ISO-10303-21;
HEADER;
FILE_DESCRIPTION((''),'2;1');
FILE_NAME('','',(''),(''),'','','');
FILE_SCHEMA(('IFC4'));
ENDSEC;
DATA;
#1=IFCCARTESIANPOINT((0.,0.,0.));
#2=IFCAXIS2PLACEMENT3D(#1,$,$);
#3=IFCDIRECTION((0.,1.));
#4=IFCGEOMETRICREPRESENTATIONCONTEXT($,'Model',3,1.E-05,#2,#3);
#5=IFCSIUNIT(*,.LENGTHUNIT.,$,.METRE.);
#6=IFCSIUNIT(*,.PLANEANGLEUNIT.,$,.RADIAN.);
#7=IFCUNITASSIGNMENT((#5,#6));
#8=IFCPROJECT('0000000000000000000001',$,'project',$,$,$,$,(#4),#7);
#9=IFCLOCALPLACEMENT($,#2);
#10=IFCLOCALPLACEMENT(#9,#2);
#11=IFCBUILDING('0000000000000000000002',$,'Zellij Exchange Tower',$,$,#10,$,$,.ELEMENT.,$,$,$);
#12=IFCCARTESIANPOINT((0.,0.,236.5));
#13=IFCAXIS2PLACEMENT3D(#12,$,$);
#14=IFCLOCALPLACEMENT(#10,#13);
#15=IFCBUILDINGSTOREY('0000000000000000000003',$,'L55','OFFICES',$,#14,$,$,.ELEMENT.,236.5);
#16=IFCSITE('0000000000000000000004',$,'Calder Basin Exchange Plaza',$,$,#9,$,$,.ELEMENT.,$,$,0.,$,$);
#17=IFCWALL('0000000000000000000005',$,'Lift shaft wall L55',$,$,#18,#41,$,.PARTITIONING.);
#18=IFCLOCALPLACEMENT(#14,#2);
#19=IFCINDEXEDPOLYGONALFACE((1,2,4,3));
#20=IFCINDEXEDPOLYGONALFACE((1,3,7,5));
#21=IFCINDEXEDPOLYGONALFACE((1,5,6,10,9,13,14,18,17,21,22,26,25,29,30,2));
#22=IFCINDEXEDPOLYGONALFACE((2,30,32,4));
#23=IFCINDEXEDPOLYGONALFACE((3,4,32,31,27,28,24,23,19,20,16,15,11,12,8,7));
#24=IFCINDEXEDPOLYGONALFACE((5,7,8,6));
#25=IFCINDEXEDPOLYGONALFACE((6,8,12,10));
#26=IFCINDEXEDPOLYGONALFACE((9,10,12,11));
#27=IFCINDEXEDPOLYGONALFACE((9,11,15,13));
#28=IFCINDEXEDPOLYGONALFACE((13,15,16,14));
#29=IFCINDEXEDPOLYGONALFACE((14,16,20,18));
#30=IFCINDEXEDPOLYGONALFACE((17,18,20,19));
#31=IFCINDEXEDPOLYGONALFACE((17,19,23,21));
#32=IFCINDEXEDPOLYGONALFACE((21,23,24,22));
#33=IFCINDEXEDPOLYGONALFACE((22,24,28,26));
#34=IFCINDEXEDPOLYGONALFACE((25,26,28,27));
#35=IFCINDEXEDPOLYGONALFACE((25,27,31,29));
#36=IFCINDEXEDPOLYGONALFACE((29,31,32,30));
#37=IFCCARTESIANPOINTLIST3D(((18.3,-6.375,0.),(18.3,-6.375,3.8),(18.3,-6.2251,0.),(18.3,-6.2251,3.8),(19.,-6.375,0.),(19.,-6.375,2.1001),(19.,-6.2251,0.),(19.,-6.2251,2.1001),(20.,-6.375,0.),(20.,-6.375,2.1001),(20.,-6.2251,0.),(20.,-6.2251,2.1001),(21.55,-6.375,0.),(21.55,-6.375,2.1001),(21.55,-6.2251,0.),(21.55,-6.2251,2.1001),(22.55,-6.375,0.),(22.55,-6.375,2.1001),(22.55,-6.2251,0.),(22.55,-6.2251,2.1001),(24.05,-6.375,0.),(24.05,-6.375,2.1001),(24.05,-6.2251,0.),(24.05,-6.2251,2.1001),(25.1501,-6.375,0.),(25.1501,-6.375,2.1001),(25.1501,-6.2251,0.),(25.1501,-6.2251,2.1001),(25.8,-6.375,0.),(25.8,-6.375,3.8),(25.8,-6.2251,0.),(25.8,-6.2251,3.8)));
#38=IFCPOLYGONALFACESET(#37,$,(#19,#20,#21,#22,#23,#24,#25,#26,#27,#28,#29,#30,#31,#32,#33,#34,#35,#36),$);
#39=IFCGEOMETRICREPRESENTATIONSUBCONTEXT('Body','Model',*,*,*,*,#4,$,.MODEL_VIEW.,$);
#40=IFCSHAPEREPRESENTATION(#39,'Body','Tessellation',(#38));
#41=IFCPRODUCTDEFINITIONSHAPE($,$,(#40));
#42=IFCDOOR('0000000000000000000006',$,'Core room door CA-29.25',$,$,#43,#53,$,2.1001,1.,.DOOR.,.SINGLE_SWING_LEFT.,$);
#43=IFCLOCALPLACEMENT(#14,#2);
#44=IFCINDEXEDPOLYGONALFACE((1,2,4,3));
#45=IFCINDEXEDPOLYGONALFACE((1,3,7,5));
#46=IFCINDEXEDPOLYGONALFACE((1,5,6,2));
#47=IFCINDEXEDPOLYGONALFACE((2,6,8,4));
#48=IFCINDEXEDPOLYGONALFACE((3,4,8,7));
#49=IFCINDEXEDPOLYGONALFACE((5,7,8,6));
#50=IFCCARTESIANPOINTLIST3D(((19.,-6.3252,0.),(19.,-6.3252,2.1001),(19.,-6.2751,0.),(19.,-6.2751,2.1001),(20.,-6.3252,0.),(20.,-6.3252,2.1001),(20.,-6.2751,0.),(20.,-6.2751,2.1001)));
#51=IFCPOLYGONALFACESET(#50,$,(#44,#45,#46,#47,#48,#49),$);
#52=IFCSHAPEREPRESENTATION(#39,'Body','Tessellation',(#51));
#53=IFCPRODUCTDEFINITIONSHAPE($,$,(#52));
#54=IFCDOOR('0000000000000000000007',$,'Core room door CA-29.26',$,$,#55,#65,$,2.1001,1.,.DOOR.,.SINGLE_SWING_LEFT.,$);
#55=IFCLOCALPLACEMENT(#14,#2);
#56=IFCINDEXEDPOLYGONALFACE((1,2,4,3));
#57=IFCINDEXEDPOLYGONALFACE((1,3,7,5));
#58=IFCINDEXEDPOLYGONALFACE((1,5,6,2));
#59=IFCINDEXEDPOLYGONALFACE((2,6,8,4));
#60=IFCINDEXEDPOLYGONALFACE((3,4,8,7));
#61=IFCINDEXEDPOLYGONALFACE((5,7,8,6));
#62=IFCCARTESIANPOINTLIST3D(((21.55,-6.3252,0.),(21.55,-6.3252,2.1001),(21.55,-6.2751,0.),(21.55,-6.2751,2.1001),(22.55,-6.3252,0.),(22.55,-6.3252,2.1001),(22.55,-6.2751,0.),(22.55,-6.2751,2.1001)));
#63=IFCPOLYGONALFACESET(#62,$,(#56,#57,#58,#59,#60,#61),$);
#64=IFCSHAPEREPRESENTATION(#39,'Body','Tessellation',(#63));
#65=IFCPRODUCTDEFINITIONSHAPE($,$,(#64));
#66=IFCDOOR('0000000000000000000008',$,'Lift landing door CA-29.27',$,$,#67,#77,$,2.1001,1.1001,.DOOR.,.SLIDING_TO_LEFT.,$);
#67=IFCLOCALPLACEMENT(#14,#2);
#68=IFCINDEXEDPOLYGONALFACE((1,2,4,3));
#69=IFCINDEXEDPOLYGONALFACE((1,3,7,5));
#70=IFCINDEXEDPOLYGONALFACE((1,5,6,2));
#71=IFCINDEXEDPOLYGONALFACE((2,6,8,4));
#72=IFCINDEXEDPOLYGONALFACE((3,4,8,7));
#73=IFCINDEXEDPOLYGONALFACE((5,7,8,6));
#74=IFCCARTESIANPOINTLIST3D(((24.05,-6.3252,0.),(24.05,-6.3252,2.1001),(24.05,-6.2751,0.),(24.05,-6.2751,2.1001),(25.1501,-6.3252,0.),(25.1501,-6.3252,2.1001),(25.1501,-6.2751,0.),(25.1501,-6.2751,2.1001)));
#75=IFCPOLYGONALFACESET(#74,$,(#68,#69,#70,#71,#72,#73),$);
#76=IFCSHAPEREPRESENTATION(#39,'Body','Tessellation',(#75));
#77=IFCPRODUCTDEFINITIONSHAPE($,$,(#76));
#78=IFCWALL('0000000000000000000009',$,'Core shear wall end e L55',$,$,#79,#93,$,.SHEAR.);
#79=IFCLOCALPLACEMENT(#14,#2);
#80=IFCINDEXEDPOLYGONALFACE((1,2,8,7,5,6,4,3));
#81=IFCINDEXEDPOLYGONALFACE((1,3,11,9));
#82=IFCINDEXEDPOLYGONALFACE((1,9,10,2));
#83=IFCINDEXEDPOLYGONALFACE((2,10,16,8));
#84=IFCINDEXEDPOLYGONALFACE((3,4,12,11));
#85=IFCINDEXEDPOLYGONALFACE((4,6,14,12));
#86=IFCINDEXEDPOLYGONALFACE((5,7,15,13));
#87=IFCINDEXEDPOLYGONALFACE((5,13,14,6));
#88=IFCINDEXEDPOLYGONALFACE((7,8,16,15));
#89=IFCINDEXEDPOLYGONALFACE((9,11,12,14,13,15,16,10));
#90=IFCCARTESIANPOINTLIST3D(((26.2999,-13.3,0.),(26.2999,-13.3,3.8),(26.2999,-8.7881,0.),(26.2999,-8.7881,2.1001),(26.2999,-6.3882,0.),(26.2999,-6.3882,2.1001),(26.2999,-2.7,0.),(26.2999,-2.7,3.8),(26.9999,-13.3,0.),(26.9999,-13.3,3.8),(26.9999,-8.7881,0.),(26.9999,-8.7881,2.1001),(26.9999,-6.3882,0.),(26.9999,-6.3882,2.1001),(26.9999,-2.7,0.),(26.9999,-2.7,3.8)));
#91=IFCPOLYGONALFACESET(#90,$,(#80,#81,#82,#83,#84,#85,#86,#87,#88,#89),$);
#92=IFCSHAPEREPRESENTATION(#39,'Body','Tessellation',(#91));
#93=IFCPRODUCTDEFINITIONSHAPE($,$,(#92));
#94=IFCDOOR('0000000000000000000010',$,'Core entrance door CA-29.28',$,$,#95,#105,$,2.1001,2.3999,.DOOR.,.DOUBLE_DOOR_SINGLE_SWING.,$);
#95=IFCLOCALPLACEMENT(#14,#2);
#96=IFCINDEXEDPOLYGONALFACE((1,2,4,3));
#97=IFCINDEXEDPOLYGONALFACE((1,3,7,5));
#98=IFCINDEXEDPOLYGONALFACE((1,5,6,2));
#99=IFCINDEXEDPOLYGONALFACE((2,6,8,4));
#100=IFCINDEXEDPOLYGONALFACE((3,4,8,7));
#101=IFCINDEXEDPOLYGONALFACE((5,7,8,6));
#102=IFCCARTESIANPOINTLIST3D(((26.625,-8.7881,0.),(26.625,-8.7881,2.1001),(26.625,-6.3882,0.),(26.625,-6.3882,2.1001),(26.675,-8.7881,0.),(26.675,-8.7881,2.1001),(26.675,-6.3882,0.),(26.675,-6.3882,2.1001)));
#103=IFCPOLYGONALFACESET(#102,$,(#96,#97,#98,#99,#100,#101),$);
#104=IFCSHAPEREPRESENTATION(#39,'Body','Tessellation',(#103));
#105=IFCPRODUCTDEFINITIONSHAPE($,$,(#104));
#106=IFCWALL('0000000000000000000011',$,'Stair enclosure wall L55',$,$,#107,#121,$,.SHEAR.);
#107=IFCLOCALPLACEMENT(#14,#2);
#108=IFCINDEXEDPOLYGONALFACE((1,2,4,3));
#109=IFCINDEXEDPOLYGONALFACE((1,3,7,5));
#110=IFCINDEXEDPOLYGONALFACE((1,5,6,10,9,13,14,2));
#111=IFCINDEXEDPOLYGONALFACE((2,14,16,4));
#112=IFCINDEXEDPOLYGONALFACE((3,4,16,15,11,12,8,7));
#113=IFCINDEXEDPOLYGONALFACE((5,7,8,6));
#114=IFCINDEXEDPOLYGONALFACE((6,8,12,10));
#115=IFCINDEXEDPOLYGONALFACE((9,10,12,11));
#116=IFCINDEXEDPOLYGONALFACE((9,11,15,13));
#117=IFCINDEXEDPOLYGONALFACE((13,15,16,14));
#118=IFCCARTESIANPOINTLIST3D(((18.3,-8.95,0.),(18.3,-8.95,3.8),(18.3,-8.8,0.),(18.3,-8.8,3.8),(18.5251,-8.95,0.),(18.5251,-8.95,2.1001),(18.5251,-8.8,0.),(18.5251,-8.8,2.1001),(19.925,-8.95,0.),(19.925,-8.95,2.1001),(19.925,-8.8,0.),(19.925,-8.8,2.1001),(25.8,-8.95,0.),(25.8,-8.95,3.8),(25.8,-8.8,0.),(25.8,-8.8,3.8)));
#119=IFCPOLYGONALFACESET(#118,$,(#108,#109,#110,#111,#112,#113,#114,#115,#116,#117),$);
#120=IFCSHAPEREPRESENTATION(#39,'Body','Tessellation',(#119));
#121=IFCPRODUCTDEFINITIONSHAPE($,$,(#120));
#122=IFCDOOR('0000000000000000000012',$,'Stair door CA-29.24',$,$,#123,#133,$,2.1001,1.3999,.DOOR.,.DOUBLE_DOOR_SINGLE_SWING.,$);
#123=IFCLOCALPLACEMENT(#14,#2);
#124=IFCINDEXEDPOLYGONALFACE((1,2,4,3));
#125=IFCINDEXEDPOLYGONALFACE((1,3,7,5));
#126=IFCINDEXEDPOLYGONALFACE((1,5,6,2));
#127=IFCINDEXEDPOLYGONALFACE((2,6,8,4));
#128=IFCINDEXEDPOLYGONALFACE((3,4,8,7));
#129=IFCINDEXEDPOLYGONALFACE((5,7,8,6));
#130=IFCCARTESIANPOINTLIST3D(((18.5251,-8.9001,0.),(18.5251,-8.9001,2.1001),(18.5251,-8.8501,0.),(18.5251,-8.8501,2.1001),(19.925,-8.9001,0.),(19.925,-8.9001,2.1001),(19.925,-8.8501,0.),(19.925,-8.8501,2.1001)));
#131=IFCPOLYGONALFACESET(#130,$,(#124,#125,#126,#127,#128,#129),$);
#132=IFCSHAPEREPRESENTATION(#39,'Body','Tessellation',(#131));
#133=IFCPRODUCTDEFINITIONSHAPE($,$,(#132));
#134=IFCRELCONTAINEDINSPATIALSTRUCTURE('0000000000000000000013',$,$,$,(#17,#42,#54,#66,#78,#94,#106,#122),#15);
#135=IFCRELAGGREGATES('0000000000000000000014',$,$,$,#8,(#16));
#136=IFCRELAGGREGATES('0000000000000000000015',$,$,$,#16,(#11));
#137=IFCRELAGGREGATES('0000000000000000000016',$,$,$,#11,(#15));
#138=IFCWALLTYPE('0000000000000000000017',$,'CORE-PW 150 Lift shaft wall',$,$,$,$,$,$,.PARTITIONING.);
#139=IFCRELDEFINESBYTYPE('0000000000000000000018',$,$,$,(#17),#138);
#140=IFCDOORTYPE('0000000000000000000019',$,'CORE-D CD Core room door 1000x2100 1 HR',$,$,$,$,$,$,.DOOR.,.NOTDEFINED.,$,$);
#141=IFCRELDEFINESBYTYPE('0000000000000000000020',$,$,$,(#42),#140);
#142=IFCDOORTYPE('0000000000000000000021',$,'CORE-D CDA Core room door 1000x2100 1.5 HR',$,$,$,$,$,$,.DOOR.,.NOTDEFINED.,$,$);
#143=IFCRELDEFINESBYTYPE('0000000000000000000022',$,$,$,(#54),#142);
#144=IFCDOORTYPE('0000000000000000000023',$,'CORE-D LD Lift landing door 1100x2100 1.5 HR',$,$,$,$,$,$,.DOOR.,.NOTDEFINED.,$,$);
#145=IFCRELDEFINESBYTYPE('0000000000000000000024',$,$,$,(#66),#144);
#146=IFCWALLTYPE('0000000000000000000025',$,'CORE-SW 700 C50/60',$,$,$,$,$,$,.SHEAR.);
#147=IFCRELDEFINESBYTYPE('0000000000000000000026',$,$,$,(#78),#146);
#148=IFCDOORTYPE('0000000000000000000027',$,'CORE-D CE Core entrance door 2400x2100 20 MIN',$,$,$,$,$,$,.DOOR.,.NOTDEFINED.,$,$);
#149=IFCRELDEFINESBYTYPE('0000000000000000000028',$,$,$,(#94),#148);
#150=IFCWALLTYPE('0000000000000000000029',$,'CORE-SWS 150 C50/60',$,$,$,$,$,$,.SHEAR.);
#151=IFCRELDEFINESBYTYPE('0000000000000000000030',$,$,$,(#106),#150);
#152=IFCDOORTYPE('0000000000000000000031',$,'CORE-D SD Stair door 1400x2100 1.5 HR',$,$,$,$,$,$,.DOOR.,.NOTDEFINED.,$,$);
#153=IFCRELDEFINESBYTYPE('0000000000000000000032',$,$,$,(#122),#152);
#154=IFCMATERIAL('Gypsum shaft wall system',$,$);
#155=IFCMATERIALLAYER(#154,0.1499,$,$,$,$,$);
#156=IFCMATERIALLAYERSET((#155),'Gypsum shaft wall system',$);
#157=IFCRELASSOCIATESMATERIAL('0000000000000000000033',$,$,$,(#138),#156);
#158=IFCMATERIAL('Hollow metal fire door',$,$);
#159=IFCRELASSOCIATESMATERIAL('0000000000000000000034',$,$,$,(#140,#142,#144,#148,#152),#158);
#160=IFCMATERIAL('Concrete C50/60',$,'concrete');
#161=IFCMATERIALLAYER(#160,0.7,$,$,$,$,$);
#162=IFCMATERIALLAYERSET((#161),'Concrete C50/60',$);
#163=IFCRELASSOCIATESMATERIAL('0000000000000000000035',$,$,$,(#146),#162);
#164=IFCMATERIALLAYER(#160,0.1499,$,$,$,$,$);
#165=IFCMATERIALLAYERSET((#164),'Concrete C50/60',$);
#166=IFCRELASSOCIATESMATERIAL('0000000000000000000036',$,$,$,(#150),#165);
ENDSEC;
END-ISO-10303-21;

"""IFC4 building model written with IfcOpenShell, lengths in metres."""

from ifc_helpers import new_model, si_unit, direction, frame, frame_2d, origin, place, context, subcontext, project, spatial, rectangle, extrude, material, layer, layer_set, type_object, element, fill, save


model = new_model("IFC4")

# Units and contexts
model_context = context("Model", 3, precision=1e-05, world=origin(), true_north=direction((0.0, 1.0)))
body_context = subcontext(model_context, "Body", "Model", "MODEL_VIEW")
ifc_project = project(units=[si_unit("LENGTHUNIT", "METRE"), si_unit("PLANEANGLEUNIT", "RADIAN")], contexts=[model_context])

# Site, building, storey
site_placement = place(None, origin())
site = spatial("IfcSite", under=ifc_project, at=site_placement, Name="Calder Basin Exchange Plaza", CompositionType="ELEMENT", RefElevation=0.0)
building_placement = place(site_placement, origin())
building = spatial("IfcBuilding", under=site, at=building_placement, Name="Zellij Exchange Tower", CompositionType="ELEMENT")
storey_placement = place(building_placement, frame((0.0, 0.0, 236.5)))
storey = spatial("IfcBuildingStorey", under=building, at=storey_placement, Name="L55", Description="OFFICES", CompositionType="ELEMENT", Elevation=236.5)

# Shared definitions
ifc_material_1 = material(Name="Concrete C50/60", Category="concrete")
ifc_material_2 = material(Name="Gypsum shaft wall system")
ifc_layer_1 = layer(ifc_material_2, 0.1499)
ifc_layer_set_1 = layer_set([ifc_layer_1], Name="Gypsum shaft wall system")
wall_type_1 = type_object("IfcWallType", Name="CORE-PW 150 Lift shaft wall", PredefinedType="PARTITIONING", material=ifc_layer_set_1)

# Wall, openings, doors
wall_1_placement = place(storey_placement, frame((18.3, -6.3, 0.0), z_axis=(0.0, 0.0, 1.0), x_axis=(1.0, 0.0, 0.0)))
wall_1 = element("IfcWall", 1, at=wall_1_placement, inside=storey, type_object=wall_type_1, Name="Lift shaft wall L55", PredefinedType="PARTITIONING", context=body_context, shape_type="SweptSolid", body=[
    extrude(rectangle(XDim=7.5, YDim=0.1499, at=frame_2d((3.75, 0.0))), origin(), (0.0, 0.0, 1.0), 3.8),
])
opening_1_placement = place(wall_1_placement, frame((0.7, 0.0, 0.0)))
opening_1 = element("IfcOpeningElement", 2, at=opening_1_placement, cuts=wall_1, PredefinedType="OPENING", context=body_context, shape_type="SweptSolid", body=[
    extrude(rectangle(XDim=1.0, YDim=2.1001, at=frame_2d((0.5, 1.05))), frame((0.0, 0.0869, 0.0), z_axis=(0.0, -1.0, 0.0), x_axis=(1.0, 0.0, 0.0)), (0.0, 0.0, 1.0), 0.1738),
])
opening_2_placement = place(wall_1_placement, frame((3.25, 0.0, 0.0)))
opening_2 = element("IfcOpeningElement", 3, at=opening_2_placement, cuts=wall_1, PredefinedType="OPENING", context=body_context, shape_type="SweptSolid", body=[
    extrude(rectangle(XDim=1.0, YDim=2.1001, at=frame_2d((0.5, 1.05))), frame((0.0, 0.0869, 0.0), z_axis=(0.0, -1.0, 0.0), x_axis=(1.0, 0.0, 0.0)), (0.0, 0.0, 1.0), 0.1738),
])
opening_3_placement = place(wall_1_placement, frame((5.75, 0.0, 0.0)))
opening_3 = element("IfcOpeningElement", 4, at=opening_3_placement, cuts=wall_1, PredefinedType="OPENING", context=body_context, shape_type="SweptSolid", body=[
    extrude(rectangle(XDim=1.1001, YDim=2.1001, at=frame_2d((0.55, 1.05))), frame((0.0, 0.0869, 0.0), z_axis=(0.0, -1.0, 0.0), x_axis=(1.0, 0.0, 0.0)), (0.0, 0.0, 1.0), 0.1738),
])
ifc_material_3 = material(Name="Hollow metal fire door")
door_type_1 = type_object("IfcDoorType", Name="CORE-D CD Core room door 1000x2100 1 HR", OperationType="NOTDEFINED", PredefinedType="DOOR", material=ifc_material_3)
door_1_placement = place(opening_1_placement, origin())
door_1 = element("IfcDoor", 5, at=door_1_placement, inside=storey, type_object=door_type_1, Name="Core room door CA-29.25", OperationType="SINGLE_SWING_LEFT", OverallHeight=2.1001, OverallWidth=1.0, PredefinedType="DOOR", context=body_context, shape_type="SweptSolid", body=[
    extrude(rectangle(XDim=1.0, YDim=2.1001, at=frame_2d((0.5, 1.05))), frame((0.0, 0.0249, 0.0), z_axis=(0.0, -1.0, 0.0), x_axis=(1.0, 0.0, 0.0)), (0.0, 0.0, 1.0), 0.05),
])
fill(opening_1, door_1)
door_type_2 = type_object("IfcDoorType", Name="CORE-D CDA Core room door 1000x2100 1.5 HR", OperationType="NOTDEFINED", PredefinedType="DOOR", material=ifc_material_3)
door_2_placement = place(opening_2_placement, origin())
door_2 = element("IfcDoor", 6, at=door_2_placement, inside=storey, type_object=door_type_2, Name="Core room door CA-29.26", OperationType="SINGLE_SWING_LEFT", OverallHeight=2.1001, OverallWidth=1.0, PredefinedType="DOOR", context=body_context, shape_type="SweptSolid", body=[
    extrude(rectangle(XDim=1.0, YDim=2.1001, at=frame_2d((0.5, 1.05))), frame((0.0, 0.0249, 0.0), z_axis=(0.0, -1.0, 0.0), x_axis=(1.0, 0.0, 0.0)), (0.0, 0.0, 1.0), 0.05),
])
fill(opening_2, door_2)
door_type_3 = type_object("IfcDoorType", Name="CORE-D LD Lift landing door 1100x2100 1.5 HR", OperationType="NOTDEFINED", PredefinedType="DOOR", material=ifc_material_3)
door_3_placement = place(opening_3_placement, origin())
door_3 = element("IfcDoor", 7, at=door_3_placement, inside=storey, type_object=door_type_3, Name="Lift landing door CA-29.27", OperationType="SLIDING_TO_LEFT", OverallHeight=2.1001, OverallWidth=1.1001, PredefinedType="DOOR", context=body_context, shape_type="SweptSolid", body=[
    extrude(rectangle(XDim=1.1001, YDim=2.1001, at=frame_2d((0.55, 1.05))), frame((0.0, 0.0249, 0.0), z_axis=(0.0, -1.0, 0.0), x_axis=(1.0, 0.0, 0.0)), (0.0, 0.0, 1.0), 0.05),
])
fill(opening_3, door_3)

# Walls, openings, doors
ifc_layer_2 = layer(ifc_material_1, 0.7)
ifc_layer_set_2 = layer_set([ifc_layer_2], Name="Concrete C50/60")
wall_type_2 = type_object("IfcWallType", Name="CORE-SW 700 C50/60", PredefinedType="SHEAR", material=ifc_layer_set_2)
wall_2_placement = place(storey_placement, frame((26.6499, -13.3, 0.0), z_axis=(0.0, 0.0, 1.0), x_axis=(0.0, 1.0, 0.0)))
wall_2 = element("IfcWall", 8, at=wall_2_placement, inside=storey, type_object=wall_type_2, Name="Core shear wall end e L55", PredefinedType="SHEAR", context=body_context, shape_type="SweptSolid", body=[
    extrude(rectangle(XDim=10.6001, YDim=0.7, at=frame_2d((5.3, 0.0))), origin(), (0.0, 0.0, 1.0), 3.8),
])
opening_4_placement = place(wall_2_placement, frame((4.512, 0.0, 0.0)))
opening_4 = element("IfcOpeningElement", 9, at=opening_4_placement, cuts=wall_2, PredefinedType="OPENING", context=body_context, shape_type="SweptSolid", body=[
    extrude(rectangle(XDim=2.3999, YDim=2.1001, at=frame_2d((1.2, 1.05))), frame((0.0, 0.3618, 0.0), z_axis=(0.0, -1.0, 0.0), x_axis=(1.0, 0.0, 0.0)), (0.0, 0.0, 1.0), 0.7239),
])
door_type_4 = type_object("IfcDoorType", Name="CORE-D CE Core entrance door 2400x2100 20 MIN", OperationType="NOTDEFINED", PredefinedType="DOOR", material=ifc_material_3)
door_4_placement = place(opening_4_placement, origin())
door_4 = element("IfcDoor", 10, at=door_4_placement, inside=storey, type_object=door_type_4, Name="Core entrance door CA-29.28", OperationType="DOUBLE_DOOR_SINGLE_SWING", OverallHeight=2.1001, OverallWidth=2.3999, PredefinedType="DOOR", context=body_context, shape_type="SweptSolid", body=[
    extrude(rectangle(XDim=2.3999, YDim=2.1001, at=frame_2d((1.2, 1.05))), frame((0.0, 0.0249, 0.0), z_axis=(0.0, -1.0, 0.0), x_axis=(1.0, 0.0, 0.0)), (0.0, 0.0, 1.0), 0.05),
])
fill(opening_4, door_4)
ifc_layer_3 = layer(ifc_material_1, 0.1499)
ifc_layer_set_3 = layer_set([ifc_layer_3], Name="Concrete C50/60")
wall_type_3 = type_object("IfcWallType", Name="CORE-SWS 150 C50/60", PredefinedType="SHEAR", material=ifc_layer_set_3)
wall_3_placement = place(storey_placement, frame((18.3, -8.875, 0.0), z_axis=(0.0, 0.0, 1.0), x_axis=(1.0, 0.0, 0.0)))
wall_3 = element("IfcWall", 11, at=wall_3_placement, inside=storey, type_object=wall_type_3, Name="Stair enclosure wall L55", PredefinedType="SHEAR", context=body_context, shape_type="SweptSolid", body=[
    extrude(rectangle(XDim=7.5, YDim=0.1499, at=frame_2d((3.75, 0.0))), origin(), (0.0, 0.0, 1.0), 3.8),
])
opening_5_placement = place(wall_3_placement, frame((0.2251, 0.0, 0.0)))
opening_5 = element("IfcOpeningElement", 12, at=opening_5_placement, cuts=wall_3, PredefinedType="OPENING", context=body_context, shape_type="SweptSolid", body=[
    extrude(rectangle(XDim=1.3999, YDim=2.1001, at=frame_2d((0.7, 1.05))), frame((0.0, 0.0869, 0.0), z_axis=(0.0, -1.0, 0.0), x_axis=(1.0, 0.0, 0.0)), (0.0, 0.0, 1.0), 0.1738),
])
door_type_5 = type_object("IfcDoorType", Name="CORE-D SD Stair door 1400x2100 1.5 HR", OperationType="NOTDEFINED", PredefinedType="DOOR", material=ifc_material_3)
door_5_placement = place(opening_5_placement, origin())
door_5 = element("IfcDoor", 13, at=door_5_placement, inside=storey, type_object=door_type_5, Name="Stair door CA-29.24", OperationType="DOUBLE_DOOR_SINGLE_SWING", OverallHeight=2.1001, OverallWidth=1.3999, PredefinedType="DOOR", context=body_context, shape_type="SweptSolid", body=[
    extrude(rectangle(XDim=1.3999, YDim=2.1001, at=frame_2d((0.7, 1.05))), frame((0.0, 0.0249, 0.0), z_axis=(0.0, -1.0, 0.0), x_axis=(1.0, 0.0, 0.0)), (0.0, 0.0, 1.0), 0.05),
])
fill(opening_5, door_5)

save(model, "model.ifc")
